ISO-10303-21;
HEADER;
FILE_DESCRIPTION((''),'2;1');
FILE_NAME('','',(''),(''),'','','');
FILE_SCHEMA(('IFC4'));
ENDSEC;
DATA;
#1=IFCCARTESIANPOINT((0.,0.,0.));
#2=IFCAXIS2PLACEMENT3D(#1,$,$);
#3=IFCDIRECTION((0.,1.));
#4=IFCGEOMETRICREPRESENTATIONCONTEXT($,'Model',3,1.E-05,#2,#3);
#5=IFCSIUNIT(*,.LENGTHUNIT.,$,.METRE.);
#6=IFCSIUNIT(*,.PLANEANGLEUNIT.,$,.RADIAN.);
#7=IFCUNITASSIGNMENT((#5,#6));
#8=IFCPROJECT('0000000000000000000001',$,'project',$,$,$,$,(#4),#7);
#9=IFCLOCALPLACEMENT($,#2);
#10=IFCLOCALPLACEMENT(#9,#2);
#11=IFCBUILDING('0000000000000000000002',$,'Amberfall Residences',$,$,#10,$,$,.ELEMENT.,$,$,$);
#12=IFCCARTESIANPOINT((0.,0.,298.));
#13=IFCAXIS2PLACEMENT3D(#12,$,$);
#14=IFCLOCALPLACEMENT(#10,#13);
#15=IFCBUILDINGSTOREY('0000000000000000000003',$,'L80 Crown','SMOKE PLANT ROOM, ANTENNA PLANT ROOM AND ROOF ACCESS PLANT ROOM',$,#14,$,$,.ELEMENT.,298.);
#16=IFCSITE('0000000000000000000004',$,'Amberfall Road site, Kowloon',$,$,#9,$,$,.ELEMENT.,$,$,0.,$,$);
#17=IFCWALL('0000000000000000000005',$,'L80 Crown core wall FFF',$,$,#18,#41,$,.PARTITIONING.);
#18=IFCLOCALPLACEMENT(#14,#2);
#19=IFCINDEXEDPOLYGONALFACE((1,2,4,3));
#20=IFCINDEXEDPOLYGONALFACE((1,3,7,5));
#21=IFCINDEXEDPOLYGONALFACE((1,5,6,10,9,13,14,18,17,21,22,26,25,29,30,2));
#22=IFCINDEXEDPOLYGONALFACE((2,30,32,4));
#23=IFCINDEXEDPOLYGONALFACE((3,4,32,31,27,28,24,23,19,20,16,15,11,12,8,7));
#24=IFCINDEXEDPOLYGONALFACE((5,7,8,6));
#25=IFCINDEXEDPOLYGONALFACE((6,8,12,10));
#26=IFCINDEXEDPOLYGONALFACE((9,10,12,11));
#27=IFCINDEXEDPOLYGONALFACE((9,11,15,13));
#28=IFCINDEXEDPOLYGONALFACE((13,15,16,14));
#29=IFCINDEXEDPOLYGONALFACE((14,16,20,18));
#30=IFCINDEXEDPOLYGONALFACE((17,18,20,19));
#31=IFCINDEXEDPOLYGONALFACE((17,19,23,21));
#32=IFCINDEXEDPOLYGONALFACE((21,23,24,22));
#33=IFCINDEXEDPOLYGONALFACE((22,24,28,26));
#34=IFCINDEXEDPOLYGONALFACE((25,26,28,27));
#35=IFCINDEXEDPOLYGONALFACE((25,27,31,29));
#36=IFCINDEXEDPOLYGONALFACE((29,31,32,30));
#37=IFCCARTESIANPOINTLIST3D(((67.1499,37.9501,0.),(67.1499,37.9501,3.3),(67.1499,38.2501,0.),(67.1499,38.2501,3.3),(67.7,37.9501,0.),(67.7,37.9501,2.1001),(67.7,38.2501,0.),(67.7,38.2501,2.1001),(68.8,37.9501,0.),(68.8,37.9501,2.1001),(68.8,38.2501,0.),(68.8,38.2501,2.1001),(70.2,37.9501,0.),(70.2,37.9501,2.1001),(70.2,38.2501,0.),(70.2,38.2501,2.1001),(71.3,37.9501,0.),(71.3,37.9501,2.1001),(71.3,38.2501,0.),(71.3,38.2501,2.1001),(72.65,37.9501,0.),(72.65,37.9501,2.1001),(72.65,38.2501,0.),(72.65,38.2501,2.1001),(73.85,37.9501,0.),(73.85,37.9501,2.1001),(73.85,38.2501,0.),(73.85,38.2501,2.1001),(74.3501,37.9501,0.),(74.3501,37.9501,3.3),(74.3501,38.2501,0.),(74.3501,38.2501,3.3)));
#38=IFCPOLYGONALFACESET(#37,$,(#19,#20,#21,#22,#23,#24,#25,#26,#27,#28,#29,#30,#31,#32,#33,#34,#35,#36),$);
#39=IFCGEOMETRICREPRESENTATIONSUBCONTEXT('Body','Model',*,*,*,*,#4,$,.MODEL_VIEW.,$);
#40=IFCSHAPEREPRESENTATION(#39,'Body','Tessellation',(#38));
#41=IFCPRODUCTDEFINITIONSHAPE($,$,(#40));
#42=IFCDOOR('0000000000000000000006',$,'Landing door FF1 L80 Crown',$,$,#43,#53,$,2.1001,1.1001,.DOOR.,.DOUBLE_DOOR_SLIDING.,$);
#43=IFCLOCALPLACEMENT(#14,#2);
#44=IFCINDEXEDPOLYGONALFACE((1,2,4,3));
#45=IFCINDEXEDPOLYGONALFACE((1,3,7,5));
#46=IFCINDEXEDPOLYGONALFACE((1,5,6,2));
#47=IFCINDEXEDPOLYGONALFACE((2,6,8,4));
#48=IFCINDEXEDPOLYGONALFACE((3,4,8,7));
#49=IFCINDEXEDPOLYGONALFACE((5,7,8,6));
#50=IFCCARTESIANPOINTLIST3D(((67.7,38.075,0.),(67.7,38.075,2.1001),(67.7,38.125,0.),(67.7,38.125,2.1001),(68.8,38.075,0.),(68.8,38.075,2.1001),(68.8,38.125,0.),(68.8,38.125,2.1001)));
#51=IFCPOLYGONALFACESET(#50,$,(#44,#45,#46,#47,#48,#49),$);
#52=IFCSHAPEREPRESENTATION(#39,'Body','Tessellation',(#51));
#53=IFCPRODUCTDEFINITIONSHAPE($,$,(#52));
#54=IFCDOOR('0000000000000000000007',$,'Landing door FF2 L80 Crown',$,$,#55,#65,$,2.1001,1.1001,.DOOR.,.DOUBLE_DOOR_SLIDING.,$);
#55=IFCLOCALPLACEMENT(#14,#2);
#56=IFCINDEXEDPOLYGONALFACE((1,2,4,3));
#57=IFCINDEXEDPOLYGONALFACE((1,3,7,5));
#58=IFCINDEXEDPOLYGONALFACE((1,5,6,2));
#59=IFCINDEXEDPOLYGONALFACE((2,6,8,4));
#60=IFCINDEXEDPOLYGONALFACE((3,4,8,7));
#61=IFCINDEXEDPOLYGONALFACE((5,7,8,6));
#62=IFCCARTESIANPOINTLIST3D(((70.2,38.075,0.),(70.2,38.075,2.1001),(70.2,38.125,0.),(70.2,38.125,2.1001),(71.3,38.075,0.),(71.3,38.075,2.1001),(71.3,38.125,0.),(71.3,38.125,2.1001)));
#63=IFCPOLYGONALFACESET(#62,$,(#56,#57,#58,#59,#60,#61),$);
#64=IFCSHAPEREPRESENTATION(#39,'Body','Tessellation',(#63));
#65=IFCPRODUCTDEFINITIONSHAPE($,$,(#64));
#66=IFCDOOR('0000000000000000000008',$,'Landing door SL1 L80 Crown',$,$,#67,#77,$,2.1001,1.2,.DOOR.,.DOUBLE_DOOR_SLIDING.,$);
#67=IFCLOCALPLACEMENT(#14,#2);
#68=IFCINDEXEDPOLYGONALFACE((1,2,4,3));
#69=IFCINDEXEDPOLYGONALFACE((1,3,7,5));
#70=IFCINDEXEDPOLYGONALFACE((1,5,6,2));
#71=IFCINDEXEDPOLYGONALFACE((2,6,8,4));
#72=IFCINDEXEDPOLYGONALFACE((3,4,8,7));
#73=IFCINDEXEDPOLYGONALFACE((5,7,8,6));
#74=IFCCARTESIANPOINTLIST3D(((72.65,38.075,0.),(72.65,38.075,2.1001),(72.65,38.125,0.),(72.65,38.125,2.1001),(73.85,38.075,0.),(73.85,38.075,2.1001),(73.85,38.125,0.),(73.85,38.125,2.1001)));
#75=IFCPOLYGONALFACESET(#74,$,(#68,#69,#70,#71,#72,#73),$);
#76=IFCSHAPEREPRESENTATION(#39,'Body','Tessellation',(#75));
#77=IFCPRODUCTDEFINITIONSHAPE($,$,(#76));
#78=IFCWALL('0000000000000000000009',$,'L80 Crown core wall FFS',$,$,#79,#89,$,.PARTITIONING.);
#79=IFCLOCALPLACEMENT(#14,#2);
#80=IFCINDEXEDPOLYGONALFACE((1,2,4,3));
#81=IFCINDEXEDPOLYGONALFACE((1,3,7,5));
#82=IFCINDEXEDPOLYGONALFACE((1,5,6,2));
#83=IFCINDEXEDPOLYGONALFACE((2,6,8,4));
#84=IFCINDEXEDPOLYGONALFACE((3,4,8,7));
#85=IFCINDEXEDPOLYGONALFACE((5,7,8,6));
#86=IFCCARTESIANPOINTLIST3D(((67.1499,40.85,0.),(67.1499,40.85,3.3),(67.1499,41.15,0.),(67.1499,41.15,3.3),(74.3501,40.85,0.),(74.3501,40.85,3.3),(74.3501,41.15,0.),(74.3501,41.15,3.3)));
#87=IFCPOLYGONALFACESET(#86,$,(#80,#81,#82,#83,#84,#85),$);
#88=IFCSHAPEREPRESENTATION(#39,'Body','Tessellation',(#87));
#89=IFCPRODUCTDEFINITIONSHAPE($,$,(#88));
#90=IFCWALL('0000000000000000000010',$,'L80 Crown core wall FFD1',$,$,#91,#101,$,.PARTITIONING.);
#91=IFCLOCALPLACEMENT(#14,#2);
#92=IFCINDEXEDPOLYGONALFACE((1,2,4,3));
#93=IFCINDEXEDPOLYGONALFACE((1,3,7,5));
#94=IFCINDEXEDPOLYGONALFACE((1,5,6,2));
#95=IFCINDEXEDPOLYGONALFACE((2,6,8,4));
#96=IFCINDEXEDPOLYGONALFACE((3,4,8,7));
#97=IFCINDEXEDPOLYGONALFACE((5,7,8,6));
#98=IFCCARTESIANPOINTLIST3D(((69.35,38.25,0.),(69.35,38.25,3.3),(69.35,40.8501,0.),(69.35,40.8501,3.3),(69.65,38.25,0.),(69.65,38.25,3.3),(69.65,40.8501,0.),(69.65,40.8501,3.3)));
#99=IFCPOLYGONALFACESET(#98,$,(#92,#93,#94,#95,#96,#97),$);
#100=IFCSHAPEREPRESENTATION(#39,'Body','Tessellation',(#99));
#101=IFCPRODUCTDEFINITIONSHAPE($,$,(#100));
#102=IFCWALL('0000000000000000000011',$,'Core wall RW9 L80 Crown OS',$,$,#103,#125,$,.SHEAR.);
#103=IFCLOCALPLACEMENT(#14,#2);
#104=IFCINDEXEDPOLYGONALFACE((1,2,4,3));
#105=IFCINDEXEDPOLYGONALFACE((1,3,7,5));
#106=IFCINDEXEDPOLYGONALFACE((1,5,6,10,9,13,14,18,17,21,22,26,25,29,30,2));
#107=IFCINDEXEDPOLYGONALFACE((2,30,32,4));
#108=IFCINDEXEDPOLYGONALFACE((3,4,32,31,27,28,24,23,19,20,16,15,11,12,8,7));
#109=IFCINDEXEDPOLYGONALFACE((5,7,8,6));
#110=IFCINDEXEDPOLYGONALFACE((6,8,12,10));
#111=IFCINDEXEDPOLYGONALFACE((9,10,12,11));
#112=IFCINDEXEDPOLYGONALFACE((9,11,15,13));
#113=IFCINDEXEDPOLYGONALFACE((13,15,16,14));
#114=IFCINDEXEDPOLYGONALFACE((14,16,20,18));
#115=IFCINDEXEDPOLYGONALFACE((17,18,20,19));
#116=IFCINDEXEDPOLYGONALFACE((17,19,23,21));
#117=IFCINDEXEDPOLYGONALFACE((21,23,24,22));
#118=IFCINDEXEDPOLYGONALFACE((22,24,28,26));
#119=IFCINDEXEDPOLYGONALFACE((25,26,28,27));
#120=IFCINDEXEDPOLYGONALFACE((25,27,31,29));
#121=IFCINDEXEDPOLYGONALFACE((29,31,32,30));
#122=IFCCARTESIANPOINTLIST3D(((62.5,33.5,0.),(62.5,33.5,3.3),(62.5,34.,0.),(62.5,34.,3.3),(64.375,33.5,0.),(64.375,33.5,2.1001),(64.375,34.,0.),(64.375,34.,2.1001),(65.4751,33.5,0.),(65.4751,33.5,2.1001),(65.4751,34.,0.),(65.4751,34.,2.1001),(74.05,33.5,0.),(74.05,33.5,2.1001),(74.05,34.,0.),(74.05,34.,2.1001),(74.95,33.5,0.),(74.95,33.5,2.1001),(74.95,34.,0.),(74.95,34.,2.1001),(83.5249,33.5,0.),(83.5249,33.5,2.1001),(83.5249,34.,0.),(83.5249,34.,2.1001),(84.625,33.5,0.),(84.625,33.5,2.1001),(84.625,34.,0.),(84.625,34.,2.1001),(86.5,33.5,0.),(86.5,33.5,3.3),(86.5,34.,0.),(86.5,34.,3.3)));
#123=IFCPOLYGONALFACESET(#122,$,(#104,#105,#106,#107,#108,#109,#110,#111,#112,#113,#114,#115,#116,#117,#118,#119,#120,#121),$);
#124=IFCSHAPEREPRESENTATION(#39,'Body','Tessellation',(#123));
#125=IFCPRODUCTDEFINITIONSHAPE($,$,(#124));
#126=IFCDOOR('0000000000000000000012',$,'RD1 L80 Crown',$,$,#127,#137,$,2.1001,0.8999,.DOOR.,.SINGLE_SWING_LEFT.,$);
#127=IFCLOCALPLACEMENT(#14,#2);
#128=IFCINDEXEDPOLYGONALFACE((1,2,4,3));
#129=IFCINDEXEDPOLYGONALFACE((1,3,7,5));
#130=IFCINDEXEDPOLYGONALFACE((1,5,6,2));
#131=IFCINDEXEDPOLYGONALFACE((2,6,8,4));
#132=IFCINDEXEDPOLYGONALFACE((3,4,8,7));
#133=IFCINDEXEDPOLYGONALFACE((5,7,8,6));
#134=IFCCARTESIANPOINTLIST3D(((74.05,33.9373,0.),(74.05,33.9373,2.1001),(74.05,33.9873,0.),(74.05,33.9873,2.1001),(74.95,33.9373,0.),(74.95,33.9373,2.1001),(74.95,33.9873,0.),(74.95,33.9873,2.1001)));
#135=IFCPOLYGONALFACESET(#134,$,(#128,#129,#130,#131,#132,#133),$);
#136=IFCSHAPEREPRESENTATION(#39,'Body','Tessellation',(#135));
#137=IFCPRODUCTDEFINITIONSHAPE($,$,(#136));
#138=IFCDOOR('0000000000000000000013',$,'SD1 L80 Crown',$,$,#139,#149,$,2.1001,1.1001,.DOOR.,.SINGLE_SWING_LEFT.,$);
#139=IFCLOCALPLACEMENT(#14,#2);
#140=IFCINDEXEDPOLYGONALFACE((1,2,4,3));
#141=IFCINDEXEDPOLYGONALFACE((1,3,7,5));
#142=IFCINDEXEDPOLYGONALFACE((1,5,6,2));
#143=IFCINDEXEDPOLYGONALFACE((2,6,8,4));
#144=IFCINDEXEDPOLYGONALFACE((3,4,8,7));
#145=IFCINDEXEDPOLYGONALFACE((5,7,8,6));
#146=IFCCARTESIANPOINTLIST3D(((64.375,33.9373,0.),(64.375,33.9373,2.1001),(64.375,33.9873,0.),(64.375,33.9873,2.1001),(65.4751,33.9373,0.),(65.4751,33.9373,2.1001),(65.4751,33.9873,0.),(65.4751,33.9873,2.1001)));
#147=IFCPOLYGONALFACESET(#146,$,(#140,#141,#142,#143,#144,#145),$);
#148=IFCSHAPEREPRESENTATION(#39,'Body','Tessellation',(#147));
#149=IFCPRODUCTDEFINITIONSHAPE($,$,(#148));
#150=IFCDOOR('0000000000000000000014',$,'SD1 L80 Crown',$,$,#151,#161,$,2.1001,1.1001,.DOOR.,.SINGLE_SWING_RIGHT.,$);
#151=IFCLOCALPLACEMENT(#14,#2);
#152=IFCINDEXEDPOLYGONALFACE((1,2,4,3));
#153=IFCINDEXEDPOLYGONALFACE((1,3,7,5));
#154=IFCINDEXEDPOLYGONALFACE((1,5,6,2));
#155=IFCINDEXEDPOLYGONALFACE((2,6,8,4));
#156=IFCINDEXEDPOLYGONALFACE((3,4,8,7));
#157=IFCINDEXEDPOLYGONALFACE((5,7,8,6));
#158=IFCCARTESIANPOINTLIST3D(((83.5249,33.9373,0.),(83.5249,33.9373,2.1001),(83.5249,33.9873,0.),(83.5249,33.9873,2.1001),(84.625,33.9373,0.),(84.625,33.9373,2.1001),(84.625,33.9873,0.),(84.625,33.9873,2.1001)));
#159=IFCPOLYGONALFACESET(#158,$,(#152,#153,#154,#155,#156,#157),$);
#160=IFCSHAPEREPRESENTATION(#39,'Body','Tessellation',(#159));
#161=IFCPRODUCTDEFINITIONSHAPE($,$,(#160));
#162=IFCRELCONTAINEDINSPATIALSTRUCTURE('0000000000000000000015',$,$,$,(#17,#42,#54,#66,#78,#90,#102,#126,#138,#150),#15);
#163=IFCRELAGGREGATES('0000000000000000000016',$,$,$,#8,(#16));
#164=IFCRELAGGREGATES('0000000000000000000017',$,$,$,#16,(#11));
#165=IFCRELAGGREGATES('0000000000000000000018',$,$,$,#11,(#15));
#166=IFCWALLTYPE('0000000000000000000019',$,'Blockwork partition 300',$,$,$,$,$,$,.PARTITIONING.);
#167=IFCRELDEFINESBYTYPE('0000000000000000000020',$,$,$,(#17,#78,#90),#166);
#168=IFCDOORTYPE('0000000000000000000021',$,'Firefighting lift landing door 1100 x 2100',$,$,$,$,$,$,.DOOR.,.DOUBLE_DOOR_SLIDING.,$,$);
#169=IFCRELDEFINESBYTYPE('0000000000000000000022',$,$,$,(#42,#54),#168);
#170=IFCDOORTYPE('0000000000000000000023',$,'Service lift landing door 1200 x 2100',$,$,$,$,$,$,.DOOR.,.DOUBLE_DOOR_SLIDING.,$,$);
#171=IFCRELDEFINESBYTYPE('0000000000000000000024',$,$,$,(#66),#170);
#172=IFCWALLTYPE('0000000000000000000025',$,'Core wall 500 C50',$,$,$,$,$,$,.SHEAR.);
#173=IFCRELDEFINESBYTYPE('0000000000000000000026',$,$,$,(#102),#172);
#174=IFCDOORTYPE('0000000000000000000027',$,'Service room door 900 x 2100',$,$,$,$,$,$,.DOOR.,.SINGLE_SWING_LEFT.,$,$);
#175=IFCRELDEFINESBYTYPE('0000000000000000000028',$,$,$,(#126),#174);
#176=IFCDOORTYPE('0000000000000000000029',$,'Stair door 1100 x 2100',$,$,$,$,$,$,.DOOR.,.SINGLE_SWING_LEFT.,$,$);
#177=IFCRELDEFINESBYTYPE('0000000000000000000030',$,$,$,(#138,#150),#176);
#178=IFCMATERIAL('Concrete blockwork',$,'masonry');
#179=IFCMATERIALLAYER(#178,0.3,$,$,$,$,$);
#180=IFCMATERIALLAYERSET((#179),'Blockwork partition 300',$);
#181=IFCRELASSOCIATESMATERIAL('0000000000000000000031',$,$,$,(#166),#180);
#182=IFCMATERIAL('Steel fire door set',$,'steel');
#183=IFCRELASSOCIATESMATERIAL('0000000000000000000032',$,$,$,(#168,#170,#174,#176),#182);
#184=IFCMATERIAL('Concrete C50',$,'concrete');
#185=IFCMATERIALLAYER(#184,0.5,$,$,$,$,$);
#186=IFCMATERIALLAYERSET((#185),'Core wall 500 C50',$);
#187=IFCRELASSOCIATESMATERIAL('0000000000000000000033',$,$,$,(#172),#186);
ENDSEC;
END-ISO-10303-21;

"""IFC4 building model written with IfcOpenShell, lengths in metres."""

from ifc_helpers import new_model, si_unit, direction, frame, frame_2d, origin, place, context, subcontext, project, spatial, rectangle, extrude, material, layer, layer_set, type_object, element, fill, save


model = new_model("IFC4")

# Units and contexts
model_context = context("Model", 3, precision=1e-05, world=origin(), true_north=direction((0.0, 1.0)))
body_context = subcontext(model_context, "Body", "Model", "MODEL_VIEW")
ifc_project = project(units=[si_unit("LENGTHUNIT", "METRE"), si_unit("PLANEANGLEUNIT", "RADIAN")], contexts=[model_context])

# Site, building, storey
site_placement = place(None, origin())
site = spatial("IfcSite", under=ifc_project, at=site_placement, Name="Amberfall Road site, Kowloon", CompositionType="ELEMENT", RefElevation=0.0)
building_placement = place(site_placement, origin())
building = spatial("IfcBuilding", under=site, at=building_placement, Name="Amberfall Residences", CompositionType="ELEMENT")
storey_placement = place(building_placement, frame((0.0, 0.0, 298.0)))
storey = spatial("IfcBuildingStorey", under=building, at=storey_placement, Name="L80 Crown", Description="SMOKE PLANT ROOM, ANTENNA PLANT ROOM AND ROOF ACCESS PLANT ROOM", CompositionType="ELEMENT", Elevation=298.0)

# Shared definitions
ifc_material_1 = material(Name="Concrete C50", Category="concrete")

# Wall, openings, doors
ifc_material_2 = material(Name="Concrete blockwork", Category="masonry")
ifc_layer_1 = layer(ifc_material_2, 0.3)
ifc_layer_set_1 = layer_set([ifc_layer_1], Name="Blockwork partition 300")
wall_type_1 = type_object("IfcWallType", Name="Blockwork partition 300", PredefinedType="PARTITIONING", material=ifc_layer_set_1)
wall_1_placement = place(storey_placement, frame((67.1499, 38.1001, 0.0), z_axis=(0.0, 0.0, 1.0), x_axis=(1.0, 0.0, 0.0)))
wall_1 = element("IfcWall", 1, at=wall_1_placement, inside=storey, type_object=wall_type_1, Name="L80 Crown core wall FFF", PredefinedType="PARTITIONING", context=body_context, shape_type="SweptSolid", body=[
    extrude(rectangle(XDim=7.2002, YDim=0.3, at=frame_2d((3.6001, 0.0))), origin(), (0.0, 0.0, 1.0), 3.3),
])
opening_1_placement = place(wall_1_placement, frame((0.55, 0.0, 0.0)))
opening_1 = element("IfcOpeningElement", 2, at=opening_1_placement, cuts=wall_1, PredefinedType="OPENING", context=body_context, shape_type="SweptSolid", body=[
    extrude(rectangle(XDim=1.1001, YDim=2.1001, at=frame_2d((0.55, 1.05))), frame((0.0, 0.1599, 0.0), z_axis=(0.0, -1.0, 0.0), x_axis=(1.0, 0.0, 0.0)), (0.0, 0.0, 1.0), 0.3201),
])
opening_2_placement = place(wall_1_placement, frame((3.05, 0.0, 0.0)))
opening_2 = element("IfcOpeningElement", 3, at=opening_2_placement, cuts=wall_1, PredefinedType="OPENING", context=body_context, shape_type="SweptSolid", body=[
    extrude(rectangle(XDim=1.1001, YDim=2.1001, at=frame_2d((0.55, 1.05))), frame((0.0, 0.1599, 0.0), z_axis=(0.0, -1.0, 0.0), x_axis=(1.0, 0.0, 0.0)), (0.0, 0.0, 1.0), 0.3201),
])
opening_3_placement = place(wall_1_placement, frame((5.5, 0.0, 0.0)))
opening_3 = element("IfcOpeningElement", 4, at=opening_3_placement, cuts=wall_1, PredefinedType="OPENING", context=body_context, shape_type="SweptSolid", body=[
    extrude(rectangle(XDim=1.2, YDim=2.1001, at=frame_2d((0.6001, 1.05))), frame((0.0, 0.1599, 0.0), z_axis=(0.0, -1.0, 0.0), x_axis=(1.0, 0.0, 0.0)), (0.0, 0.0, 1.0), 0.3201),
])
ifc_material_3 = material(Name="Steel fire door set", Category="steel")
door_type_1 = type_object("IfcDoorType", Name="Firefighting lift landing door 1100 x 2100", OperationType="DOUBLE_DOOR_SLIDING", PredefinedType="DOOR", material=ifc_material_3)
door_1_placement = place(opening_1_placement, origin())
door_1 = element("IfcDoor", 5, at=door_1_placement, inside=storey, type_object=door_type_1, Name="Landing door FF1 L80 Crown", OperationType="DOUBLE_DOOR_SLIDING", OverallHeight=2.1001, OverallWidth=1.1001, PredefinedType="DOOR", context=body_context, shape_type="SweptSolid", body=[
    extrude(rectangle(XDim=1.1001, YDim=2.1001, at=frame_2d((0.55, 1.05))), frame((0.0, 0.0249, 0.0), z_axis=(0.0, -1.0, 0.0), x_axis=(1.0, 0.0, 0.0)), (0.0, 0.0, 1.0), 0.05),
])
fill(opening_1, door_1)
door_2_placement = place(opening_2_placement, origin())
door_2 = element("IfcDoor", 6, at=door_2_placement, inside=storey, type_object=door_type_1, Name="Landing door FF2 L80 Crown", OperationType="DOUBLE_DOOR_SLIDING", OverallHeight=2.1001, OverallWidth=1.1001, PredefinedType="DOOR", context=body_context, shape_type="SweptSolid", body=[
    extrude(rectangle(XDim=1.1001, YDim=2.1001, at=frame_2d((0.55, 1.05))), frame((0.0, 0.0249, 0.0), z_axis=(0.0, -1.0, 0.0), x_axis=(1.0, 0.0, 0.0)), (0.0, 0.0, 1.0), 0.05),
])
fill(opening_2, door_2)
door_type_2 = type_object("IfcDoorType", Name="Service lift landing door 1200 x 2100", OperationType="DOUBLE_DOOR_SLIDING", PredefinedType="DOOR", material=ifc_material_3)
door_3_placement = place(opening_3_placement, origin())
door_3 = element("IfcDoor", 7, at=door_3_placement, inside=storey, type_object=door_type_2, Name="Landing door SL1 L80 Crown", OperationType="DOUBLE_DOOR_SLIDING", OverallHeight=2.1001, OverallWidth=1.2, PredefinedType="DOOR", context=body_context, shape_type="SweptSolid", body=[
    extrude(rectangle(XDim=1.2, YDim=2.1001, at=frame_2d((0.6001, 1.05))), frame((0.0, 0.0249, 0.0), z_axis=(0.0, -1.0, 0.0), x_axis=(1.0, 0.0, 0.0)), (0.0, 0.0, 1.0), 0.05),
])
fill(opening_3, door_3)

# Walls
wall_2_placement = place(storey_placement, frame((67.1499, 41.0, 0.0), z_axis=(0.0, 0.0, 1.0), x_axis=(1.0, 0.0, 0.0)))
element("IfcWall", 8, at=wall_2_placement, inside=storey, type_object=wall_type_1, Name="L80 Crown core wall FFS", PredefinedType="PARTITIONING", context=body_context, shape_type="SweptSolid", body=[
    extrude(rectangle(XDim=7.2002, YDim=0.3, at=frame_2d((3.6001, 0.0))), origin(), (0.0, 0.0, 1.0), 3.3),
])
wall_3_placement = place(storey_placement, frame((69.5, 38.25, 0.0), z_axis=(0.0, 0.0, 1.0), x_axis=(0.0, 1.0, 0.0)))
element("IfcWall", 9, at=wall_3_placement, inside=storey, type_object=wall_type_1, Name="L80 Crown core wall FFD1", PredefinedType="PARTITIONING", context=body_context, shape_type="SweptSolid", body=[
    extrude(rectangle(XDim=2.6001, YDim=0.3, at=frame_2d((1.3, 0.0))), origin(), (0.0, 0.0, 1.0), 3.3),
])

# Wall, openings, doors
ifc_layer_2 = layer(ifc_material_1, 0.5)
ifc_layer_set_2 = layer_set([ifc_layer_2], Name="Core wall 500 C50")
wall_type_2 = type_object("IfcWallType", Name="Core wall 500 C50", PredefinedType="SHEAR", material=ifc_layer_set_2)
wall_4_placement = place(storey_placement, frame((62.5, 33.75, 0.0), z_axis=(0.0, 0.0, 1.0), x_axis=(1.0, 0.0, 0.0)))
wall_4 = element("IfcWall", 10, at=wall_4_placement, inside=storey, type_object=wall_type_2, Name="Core wall RW9 L80 Crown OS", PredefinedType="SHEAR", context=body_context, shape_type="SweptSolid", body=[
    extrude(rectangle(XDim=24.0, YDim=0.5, at=frame_2d((12.0, 0.0))), origin(), (0.0, 0.0, 1.0), 3.3),
])
opening_4_placement = place(wall_4_placement, frame((1.875, 0.0, 0.0)))
opening_4 = element("IfcOpeningElement", 11, at=opening_4_placement, cuts=wall_4, PredefinedType="OPENING", context=body_context, shape_type="SweptSolid", body=[
    extrude(rectangle(XDim=1.1001, YDim=2.1001, at=frame_2d((0.55, 1.05))), frame((0.0, 0.26, 0.0), z_axis=(0.0, -1.0, 0.0), x_axis=(1.0, 0.0, 0.0)), (0.0, 0.0, 1.0), 0.52),
])
opening_5_placement = place(wall_4_placement, frame((21.0249, 0.0, 0.0)))
opening_5 = element("IfcOpeningElement", 12, at=opening_5_placement, cuts=wall_4, PredefinedType="OPENING", context=body_context, shape_type="SweptSolid", body=[
    extrude(rectangle(XDim=1.1001, YDim=2.1001, at=frame_2d((0.55, 1.05))), frame((0.0, 0.26, 0.0), z_axis=(0.0, -1.0, 0.0), x_axis=(1.0, 0.0, 0.0)), (0.0, 0.0, 1.0), 0.52),
])
opening_6_placement = place(wall_4_placement, frame((11.55, 0.0, 0.0)))
opening_6 = element("IfcOpeningElement", 13, at=opening_6_placement, cuts=wall_4, PredefinedType="OPENING", context=body_context, shape_type="SweptSolid", body=[
    extrude(rectangle(XDim=0.8999, YDim=2.1001, at=frame_2d((0.45, 1.05))), frame((0.0, 0.26, 0.0), z_axis=(0.0, -1.0, 0.0), x_axis=(1.0, 0.0, 0.0)), (0.0, 0.0, 1.0), 0.52),
])
door_type_3 = type_object("IfcDoorType", Name="Service room door 900 x 2100", OperationType="SINGLE_SWING_LEFT", PredefinedType="DOOR", material=ifc_material_3)
door_4_placement = place(opening_6_placement, origin())
door_4 = element("IfcDoor", 14, at=door_4_placement, inside=storey, type_object=door_type_3, Name="RD1 L80 Crown", OperationType="SINGLE_SWING_LEFT", OverallHeight=2.1001, OverallWidth=0.8999, PredefinedType="DOOR", context=body_context, shape_type="SweptSolid", body=[
    extrude(rectangle(XDim=0.8999, YDim=2.1001, at=frame_2d((0.45, 1.05))), frame((0.0, 0.2373, 0.0), z_axis=(0.0, -1.0, 0.0), x_axis=(1.0, 0.0, 0.0)), (0.0, 0.0, 1.0), 0.05),
])
fill(opening_6, door_4)
door_type_4 = type_object("IfcDoorType", Name="Stair door 1100 x 2100", OperationType="SINGLE_SWING_LEFT", PredefinedType="DOOR", material=ifc_material_3)
door_5_placement = place(opening_4_placement, origin())
door_5 = element("IfcDoor", 15, at=door_5_placement, inside=storey, type_object=door_type_4, Name="SD1 L80 Crown", OperationType="SINGLE_SWING_LEFT", OverallHeight=2.1001, OverallWidth=1.1001, PredefinedType="DOOR", context=body_context, shape_type="SweptSolid", body=[
    extrude(rectangle(XDim=1.1001, YDim=2.1001, at=frame_2d((0.55, 1.05))), frame((0.0, 0.2373, 0.0), z_axis=(0.0, -1.0, 0.0), x_axis=(1.0, 0.0, 0.0)), (0.0, 0.0, 1.0), 0.05),
])
fill(opening_4, door_5)
door_6_placement = place(opening_5_placement, origin())
door_6 = element("IfcDoor", 16, at=door_6_placement, inside=storey, type_object=door_type_4, Name="SD1 L80 Crown", OperationType="SINGLE_SWING_RIGHT", OverallHeight=2.1001, OverallWidth=1.1001, PredefinedType="DOOR", context=body_context, shape_type="SweptSolid", body=[
    extrude(rectangle(XDim=1.1001, YDim=2.1001, at=frame_2d((0.55, 1.05))), frame((0.0, 0.2373, 0.0), z_axis=(0.0, -1.0, 0.0), x_axis=(1.0, 0.0, 0.0)), (0.0, 0.0, 1.0), 0.05),
])
fill(opening_5, door_6)

save(model, "model.ifc")
